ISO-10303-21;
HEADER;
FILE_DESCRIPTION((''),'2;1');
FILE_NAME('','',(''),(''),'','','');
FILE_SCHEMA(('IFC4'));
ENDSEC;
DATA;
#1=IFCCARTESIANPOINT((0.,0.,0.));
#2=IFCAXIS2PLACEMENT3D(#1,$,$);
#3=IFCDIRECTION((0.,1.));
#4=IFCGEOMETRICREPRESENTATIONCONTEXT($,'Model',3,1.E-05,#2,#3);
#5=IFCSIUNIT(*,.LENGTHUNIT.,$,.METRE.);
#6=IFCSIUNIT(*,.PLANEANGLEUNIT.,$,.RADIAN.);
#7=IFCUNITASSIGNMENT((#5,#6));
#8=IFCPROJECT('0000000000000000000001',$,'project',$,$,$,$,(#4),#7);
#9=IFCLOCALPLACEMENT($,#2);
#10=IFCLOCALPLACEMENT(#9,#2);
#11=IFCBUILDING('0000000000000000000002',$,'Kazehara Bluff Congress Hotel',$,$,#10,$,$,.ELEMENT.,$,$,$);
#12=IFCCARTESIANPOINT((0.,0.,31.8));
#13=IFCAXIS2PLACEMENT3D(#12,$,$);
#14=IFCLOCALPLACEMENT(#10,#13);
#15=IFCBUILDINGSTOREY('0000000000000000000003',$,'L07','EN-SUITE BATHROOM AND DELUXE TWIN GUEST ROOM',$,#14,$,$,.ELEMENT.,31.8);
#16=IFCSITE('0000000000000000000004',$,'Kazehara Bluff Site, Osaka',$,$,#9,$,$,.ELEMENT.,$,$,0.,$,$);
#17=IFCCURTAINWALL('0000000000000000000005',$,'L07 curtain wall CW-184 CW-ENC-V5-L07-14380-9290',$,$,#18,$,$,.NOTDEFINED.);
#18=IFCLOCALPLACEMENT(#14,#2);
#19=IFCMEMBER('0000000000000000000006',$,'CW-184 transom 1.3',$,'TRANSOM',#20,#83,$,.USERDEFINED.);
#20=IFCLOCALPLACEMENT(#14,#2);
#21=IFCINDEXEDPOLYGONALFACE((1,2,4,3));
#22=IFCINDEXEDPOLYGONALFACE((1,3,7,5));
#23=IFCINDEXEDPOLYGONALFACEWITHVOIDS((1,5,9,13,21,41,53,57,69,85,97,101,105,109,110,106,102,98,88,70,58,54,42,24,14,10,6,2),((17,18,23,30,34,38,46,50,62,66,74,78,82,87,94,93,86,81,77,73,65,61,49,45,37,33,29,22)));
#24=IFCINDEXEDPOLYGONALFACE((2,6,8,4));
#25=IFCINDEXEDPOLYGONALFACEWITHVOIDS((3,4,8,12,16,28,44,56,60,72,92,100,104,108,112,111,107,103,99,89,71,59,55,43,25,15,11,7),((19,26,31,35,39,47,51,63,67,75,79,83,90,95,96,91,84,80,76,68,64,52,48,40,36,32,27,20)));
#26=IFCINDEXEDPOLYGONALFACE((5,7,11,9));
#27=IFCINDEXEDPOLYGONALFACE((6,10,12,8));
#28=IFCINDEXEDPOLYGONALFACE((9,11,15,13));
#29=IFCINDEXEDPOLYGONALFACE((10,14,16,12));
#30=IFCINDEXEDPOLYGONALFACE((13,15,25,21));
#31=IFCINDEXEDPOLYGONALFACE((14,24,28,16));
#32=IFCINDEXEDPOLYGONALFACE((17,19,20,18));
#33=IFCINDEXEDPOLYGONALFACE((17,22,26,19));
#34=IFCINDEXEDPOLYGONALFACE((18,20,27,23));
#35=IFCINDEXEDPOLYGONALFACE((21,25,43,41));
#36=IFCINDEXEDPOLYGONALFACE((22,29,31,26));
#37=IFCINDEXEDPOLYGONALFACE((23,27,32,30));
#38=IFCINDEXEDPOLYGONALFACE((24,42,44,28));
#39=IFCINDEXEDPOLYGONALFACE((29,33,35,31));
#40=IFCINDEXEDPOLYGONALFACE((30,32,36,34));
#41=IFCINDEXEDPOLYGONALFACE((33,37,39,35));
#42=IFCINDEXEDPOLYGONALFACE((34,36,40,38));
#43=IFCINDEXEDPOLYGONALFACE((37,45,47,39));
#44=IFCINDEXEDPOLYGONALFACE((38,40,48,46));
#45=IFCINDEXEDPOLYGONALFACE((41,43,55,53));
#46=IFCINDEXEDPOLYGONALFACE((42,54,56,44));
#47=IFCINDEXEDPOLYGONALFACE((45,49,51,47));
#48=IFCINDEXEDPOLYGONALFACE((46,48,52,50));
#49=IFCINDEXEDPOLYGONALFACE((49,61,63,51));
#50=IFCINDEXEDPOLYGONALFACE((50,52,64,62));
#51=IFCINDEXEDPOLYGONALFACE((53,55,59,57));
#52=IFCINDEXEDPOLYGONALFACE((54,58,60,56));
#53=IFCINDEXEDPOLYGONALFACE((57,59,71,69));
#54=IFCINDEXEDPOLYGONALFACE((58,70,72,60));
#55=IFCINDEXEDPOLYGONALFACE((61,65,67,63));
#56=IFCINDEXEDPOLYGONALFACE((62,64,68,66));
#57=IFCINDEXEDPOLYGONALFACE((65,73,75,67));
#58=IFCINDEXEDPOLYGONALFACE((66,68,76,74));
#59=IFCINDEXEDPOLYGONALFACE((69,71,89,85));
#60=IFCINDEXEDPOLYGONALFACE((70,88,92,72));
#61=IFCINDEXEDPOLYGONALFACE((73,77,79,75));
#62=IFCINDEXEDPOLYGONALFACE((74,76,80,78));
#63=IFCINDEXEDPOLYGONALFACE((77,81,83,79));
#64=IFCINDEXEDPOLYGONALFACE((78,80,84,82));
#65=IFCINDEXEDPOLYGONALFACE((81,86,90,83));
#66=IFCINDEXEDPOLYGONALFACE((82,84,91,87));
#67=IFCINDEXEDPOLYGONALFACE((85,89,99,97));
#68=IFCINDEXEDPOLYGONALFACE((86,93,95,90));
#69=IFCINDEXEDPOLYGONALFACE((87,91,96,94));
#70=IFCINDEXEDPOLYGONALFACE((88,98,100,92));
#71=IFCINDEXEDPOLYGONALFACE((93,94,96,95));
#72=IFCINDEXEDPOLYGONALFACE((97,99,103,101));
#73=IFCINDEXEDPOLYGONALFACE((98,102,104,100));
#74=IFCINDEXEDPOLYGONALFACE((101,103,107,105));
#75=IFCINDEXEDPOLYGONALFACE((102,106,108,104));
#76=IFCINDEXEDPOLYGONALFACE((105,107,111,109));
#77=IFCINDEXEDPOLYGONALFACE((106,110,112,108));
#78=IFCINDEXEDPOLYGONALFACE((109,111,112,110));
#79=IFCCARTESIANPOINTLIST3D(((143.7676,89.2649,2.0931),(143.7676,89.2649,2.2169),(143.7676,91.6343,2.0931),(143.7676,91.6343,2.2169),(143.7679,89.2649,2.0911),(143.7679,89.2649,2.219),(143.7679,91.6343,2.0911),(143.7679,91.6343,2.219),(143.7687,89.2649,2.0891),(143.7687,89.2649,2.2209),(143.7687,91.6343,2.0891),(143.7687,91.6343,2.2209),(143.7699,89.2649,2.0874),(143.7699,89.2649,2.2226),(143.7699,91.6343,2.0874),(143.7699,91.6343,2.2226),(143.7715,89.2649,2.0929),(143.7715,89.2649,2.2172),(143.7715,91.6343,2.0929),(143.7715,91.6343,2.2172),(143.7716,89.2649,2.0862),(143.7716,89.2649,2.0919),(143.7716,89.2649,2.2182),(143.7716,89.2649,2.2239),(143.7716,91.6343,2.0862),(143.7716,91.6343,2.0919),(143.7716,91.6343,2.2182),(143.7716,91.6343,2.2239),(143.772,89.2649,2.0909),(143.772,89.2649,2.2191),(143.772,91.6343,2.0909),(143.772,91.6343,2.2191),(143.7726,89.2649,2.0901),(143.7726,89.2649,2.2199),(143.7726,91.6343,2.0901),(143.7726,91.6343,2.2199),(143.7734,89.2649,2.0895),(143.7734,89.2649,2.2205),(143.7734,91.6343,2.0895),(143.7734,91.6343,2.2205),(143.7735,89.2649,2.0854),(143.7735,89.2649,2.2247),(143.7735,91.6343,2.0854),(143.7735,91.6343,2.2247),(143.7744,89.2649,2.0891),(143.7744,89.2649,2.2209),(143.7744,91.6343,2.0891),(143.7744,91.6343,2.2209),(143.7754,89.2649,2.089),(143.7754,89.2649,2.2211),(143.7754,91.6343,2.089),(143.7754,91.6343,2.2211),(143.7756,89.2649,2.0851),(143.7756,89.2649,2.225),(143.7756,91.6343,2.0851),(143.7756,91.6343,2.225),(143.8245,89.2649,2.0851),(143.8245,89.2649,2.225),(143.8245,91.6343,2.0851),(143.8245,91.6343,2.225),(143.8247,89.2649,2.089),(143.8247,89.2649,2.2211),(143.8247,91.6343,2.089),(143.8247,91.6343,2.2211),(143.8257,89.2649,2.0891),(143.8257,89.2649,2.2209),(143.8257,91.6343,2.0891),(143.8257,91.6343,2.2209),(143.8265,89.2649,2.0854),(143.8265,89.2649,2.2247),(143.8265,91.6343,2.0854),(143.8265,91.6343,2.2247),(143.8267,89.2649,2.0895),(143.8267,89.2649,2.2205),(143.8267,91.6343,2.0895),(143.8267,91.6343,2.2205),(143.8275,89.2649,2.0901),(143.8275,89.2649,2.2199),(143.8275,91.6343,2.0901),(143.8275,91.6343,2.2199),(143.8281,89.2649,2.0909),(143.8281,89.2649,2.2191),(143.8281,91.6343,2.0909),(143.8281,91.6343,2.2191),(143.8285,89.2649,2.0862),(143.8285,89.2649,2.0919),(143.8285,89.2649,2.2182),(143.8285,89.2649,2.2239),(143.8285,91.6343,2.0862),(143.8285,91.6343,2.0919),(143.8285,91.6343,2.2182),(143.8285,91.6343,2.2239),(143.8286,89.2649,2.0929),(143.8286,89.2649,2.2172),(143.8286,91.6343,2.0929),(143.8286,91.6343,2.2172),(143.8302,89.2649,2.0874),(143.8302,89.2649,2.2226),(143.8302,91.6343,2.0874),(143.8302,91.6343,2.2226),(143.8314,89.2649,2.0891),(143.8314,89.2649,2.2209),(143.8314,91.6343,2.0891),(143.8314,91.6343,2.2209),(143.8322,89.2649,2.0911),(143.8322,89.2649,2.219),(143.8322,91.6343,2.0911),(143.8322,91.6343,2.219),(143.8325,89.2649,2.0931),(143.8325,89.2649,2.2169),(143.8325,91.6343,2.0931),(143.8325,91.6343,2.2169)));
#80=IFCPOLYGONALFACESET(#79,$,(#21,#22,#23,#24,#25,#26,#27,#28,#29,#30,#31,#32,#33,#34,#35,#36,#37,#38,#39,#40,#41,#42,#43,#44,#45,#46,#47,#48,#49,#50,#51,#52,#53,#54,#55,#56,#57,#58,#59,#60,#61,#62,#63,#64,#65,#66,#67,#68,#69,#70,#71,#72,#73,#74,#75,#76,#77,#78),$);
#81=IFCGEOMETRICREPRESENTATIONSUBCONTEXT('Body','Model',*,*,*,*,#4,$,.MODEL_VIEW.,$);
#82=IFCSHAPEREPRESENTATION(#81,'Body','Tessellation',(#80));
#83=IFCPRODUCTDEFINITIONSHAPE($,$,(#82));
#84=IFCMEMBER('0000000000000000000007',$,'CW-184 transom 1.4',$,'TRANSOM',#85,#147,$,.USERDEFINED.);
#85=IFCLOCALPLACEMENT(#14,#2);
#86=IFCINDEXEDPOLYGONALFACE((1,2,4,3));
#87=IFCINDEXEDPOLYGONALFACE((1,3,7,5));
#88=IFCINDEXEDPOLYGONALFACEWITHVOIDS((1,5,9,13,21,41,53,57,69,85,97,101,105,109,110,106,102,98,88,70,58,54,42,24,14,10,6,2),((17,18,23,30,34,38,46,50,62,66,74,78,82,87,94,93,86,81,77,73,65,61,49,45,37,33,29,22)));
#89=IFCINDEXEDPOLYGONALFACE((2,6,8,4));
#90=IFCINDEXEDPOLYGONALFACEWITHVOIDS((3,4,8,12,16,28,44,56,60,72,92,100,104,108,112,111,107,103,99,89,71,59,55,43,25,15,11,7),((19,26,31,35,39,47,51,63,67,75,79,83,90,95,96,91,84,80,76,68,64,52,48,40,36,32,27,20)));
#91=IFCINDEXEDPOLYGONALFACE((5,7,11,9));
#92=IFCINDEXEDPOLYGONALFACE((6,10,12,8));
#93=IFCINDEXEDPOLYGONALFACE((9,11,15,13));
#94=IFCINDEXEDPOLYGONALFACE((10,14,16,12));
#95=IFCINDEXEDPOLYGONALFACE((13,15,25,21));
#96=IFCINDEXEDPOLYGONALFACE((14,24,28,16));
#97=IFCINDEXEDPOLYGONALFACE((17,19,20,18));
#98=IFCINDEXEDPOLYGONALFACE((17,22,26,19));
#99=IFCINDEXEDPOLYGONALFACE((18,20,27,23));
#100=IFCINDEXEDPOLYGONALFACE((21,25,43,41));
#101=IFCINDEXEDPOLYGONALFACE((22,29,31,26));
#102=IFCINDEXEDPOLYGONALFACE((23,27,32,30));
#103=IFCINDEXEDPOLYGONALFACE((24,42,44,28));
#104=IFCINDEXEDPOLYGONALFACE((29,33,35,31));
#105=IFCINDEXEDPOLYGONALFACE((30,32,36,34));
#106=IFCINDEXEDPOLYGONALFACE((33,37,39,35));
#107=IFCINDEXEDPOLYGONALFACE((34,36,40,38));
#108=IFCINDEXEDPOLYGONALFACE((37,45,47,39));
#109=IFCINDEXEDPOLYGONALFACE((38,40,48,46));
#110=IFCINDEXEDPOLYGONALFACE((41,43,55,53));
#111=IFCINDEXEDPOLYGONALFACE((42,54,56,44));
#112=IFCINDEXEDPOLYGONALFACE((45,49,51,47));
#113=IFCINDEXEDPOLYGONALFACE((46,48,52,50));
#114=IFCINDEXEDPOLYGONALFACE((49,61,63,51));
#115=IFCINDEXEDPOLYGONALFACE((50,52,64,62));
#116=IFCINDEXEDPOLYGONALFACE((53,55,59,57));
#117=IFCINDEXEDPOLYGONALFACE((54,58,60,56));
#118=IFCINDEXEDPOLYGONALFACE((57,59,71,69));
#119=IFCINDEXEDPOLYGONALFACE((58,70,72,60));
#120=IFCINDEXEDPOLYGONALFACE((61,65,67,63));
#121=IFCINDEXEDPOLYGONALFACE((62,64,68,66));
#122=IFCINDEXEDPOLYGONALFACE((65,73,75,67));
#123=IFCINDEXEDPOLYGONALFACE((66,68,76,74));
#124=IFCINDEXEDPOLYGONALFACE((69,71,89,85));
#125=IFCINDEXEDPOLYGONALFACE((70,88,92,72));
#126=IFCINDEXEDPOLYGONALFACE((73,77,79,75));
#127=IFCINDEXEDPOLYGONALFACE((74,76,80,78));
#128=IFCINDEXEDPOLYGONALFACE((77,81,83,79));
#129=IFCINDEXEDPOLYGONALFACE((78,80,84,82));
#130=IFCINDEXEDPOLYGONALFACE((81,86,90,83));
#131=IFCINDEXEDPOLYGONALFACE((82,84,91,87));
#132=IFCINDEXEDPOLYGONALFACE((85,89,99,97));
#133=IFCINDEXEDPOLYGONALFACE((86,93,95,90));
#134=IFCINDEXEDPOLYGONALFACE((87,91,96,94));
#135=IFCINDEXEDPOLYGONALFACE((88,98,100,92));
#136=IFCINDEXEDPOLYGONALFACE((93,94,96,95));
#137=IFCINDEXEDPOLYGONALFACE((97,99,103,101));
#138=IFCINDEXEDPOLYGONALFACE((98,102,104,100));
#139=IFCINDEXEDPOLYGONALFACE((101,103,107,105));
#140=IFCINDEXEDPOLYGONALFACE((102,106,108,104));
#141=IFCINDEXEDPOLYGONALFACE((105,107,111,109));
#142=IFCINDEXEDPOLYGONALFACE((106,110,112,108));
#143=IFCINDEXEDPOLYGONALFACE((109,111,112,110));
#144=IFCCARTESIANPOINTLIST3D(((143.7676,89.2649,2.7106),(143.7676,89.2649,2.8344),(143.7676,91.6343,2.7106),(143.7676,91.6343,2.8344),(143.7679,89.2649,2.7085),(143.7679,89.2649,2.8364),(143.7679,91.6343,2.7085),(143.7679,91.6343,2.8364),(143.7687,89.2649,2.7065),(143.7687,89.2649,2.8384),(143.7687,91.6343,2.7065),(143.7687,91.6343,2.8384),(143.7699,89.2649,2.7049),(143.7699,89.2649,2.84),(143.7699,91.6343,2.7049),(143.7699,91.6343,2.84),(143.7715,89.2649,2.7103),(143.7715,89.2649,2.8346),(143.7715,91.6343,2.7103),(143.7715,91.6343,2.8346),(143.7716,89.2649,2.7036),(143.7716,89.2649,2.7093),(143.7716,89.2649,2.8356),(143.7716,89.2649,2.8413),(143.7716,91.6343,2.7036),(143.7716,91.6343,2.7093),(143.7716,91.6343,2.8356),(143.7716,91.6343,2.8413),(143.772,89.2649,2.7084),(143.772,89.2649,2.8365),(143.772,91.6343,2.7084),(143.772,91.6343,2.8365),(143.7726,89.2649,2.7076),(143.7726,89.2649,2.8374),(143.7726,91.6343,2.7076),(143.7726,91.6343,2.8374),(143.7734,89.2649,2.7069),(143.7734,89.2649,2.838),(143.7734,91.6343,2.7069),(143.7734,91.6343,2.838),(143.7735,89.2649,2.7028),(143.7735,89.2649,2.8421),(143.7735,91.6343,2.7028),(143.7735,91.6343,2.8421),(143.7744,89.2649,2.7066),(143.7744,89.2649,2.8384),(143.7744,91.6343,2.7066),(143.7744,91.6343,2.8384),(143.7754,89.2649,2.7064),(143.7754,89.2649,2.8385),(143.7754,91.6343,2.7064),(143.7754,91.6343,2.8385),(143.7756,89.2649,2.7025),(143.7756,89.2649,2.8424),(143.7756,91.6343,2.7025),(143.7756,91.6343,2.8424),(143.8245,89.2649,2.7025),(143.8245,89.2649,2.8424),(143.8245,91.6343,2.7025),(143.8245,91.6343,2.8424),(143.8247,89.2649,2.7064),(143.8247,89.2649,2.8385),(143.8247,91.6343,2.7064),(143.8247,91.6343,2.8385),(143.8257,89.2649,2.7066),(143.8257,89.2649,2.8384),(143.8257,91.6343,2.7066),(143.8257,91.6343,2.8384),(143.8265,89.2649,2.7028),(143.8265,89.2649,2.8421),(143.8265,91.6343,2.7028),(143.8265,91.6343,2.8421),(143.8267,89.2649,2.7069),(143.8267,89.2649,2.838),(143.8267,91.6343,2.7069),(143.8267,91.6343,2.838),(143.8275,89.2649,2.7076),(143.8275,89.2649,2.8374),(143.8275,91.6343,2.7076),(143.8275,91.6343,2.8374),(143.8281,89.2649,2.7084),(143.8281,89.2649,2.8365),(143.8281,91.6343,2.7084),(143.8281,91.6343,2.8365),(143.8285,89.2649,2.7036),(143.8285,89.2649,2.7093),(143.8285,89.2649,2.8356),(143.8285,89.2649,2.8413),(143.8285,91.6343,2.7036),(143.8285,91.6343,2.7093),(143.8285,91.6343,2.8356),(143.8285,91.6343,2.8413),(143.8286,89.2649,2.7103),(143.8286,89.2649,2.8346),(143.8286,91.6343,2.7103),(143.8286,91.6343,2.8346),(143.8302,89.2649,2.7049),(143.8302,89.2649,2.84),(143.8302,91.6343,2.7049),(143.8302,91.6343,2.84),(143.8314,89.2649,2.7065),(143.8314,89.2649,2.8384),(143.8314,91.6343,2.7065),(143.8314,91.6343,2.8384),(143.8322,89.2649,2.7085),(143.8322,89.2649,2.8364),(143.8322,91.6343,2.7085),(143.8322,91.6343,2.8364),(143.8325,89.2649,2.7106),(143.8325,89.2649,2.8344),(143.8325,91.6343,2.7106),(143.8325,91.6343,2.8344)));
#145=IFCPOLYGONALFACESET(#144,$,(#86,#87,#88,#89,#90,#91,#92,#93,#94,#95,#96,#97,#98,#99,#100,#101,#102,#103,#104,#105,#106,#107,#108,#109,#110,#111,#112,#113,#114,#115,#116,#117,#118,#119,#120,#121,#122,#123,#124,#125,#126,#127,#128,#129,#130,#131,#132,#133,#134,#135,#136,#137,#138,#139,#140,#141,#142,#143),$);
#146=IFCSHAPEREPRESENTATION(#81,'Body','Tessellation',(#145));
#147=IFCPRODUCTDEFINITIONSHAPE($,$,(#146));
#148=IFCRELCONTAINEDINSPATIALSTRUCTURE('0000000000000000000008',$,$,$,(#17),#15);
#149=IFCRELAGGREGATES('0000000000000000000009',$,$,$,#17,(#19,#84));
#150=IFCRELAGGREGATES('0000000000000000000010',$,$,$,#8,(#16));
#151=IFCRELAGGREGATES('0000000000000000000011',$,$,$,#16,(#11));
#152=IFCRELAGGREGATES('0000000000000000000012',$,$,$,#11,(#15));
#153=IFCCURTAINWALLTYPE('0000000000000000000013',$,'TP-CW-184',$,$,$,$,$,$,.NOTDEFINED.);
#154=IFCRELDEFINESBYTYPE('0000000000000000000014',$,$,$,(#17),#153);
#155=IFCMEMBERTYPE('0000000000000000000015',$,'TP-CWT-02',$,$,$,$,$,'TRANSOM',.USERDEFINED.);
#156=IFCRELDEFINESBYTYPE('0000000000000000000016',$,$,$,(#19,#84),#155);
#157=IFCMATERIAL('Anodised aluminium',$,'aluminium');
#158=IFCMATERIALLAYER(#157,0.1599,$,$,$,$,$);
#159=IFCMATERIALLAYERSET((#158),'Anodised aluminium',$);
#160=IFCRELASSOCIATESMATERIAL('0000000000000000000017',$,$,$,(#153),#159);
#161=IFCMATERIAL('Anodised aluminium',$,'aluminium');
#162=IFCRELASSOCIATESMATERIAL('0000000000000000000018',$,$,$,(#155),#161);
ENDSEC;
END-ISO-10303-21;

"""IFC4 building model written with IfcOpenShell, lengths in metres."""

from ifc_helpers import new_model, si_unit, direction, frame, origin, origin_2d, place, context, subcontext, project, spatial, hollow_rectangle, extrude, material, layer, layer_set, material_profile, profile_set, type_object, element, aggregate, save


model = new_model("IFC4")

# Units and contexts
model_context = context("Model", 3, precision=1e-05, world=origin(), true_north=direction((0.0, 1.0)))
body_context = subcontext(model_context, "Body", "Model", "MODEL_VIEW")
ifc_project = project(units=[si_unit("LENGTHUNIT", "METRE"), si_unit("PLANEANGLEUNIT", "RADIAN")], contexts=[model_context])

# Site, building, storey
site_placement = place(None, origin())
site = spatial("IfcSite", under=ifc_project, at=site_placement, Name="Kazehara Bluff Site, Osaka", CompositionType="ELEMENT", RefElevation=0.0)
building_placement = place(site_placement, origin())
building = spatial("IfcBuilding", under=site, at=building_placement, Name="Kazehara Bluff Congress Hotel", CompositionType="ELEMENT")
storey_placement = place(building_placement, frame((0.0, 0.0, 31.8)))
storey = spatial("IfcBuildingStorey", under=building, at=storey_placement, Name="L07", Description="EN-SUITE BATHROOM AND DELUXE TWIN GUEST ROOM", CompositionType="ELEMENT", Elevation=31.8)

# Curtain wall
ifc_material_1 = material(Name="Anodised aluminium", Category="aluminium")
ifc_layer_1 = layer(ifc_material_1, 0.1599)
ifc_layer_set_1 = layer_set([ifc_layer_1], Name="Anodised aluminium")
curtain_wall_type_1 = type_object("IfcCurtainWallType", Name="TP-CW-184", PredefinedType="NOTDEFINED", material=ifc_layer_set_1)
curtain_wall_1_placement = place(storey_placement, origin())
curtain_wall_1 = element("IfcCurtainWall", 1, at=curtain_wall_1_placement, inside=storey, type_object=curtain_wall_type_1, Name="L07 curtain wall CW-184 CW-ENC-V5-L07-14380-9290", PredefinedType="NOTDEFINED")

# Members
ifc_material_2 = material(Name="Anodised aluminium", Category="aluminium")
ifc_material_profile_1 = material_profile(ifc_material_2, hollow_rectangle(XDim=0.0649, YDim=0.1399, WallThickness=0.0039, InnerFilletRadius=0.0039, OuterFilletRadius=0.0081, at=origin_2d()))
ifc_profile_set_1 = profile_set([ifc_material_profile_1], Name="Anodised aluminium")
member_type_1 = type_object("IfcMemberType", Name="TP-CWT-02", ElementType="TRANSOM", PredefinedType="USERDEFINED", material=ifc_profile_set_1)
member_1_placement = place(storey_placement, frame((143.8, 89.2649, 2.155), z_axis=(0.0, 1.0, 0.0), x_axis=(-1.0, 0.0, 0.0)))
member_1 = element("IfcMember", 2, at=member_1_placement, type_object=member_type_1, Name="CW-184 transom 1.3", ObjectType="TRANSOM", PredefinedType="USERDEFINED", context=body_context, shape_type="SweptSolid", body=[
    extrude(hollow_rectangle(XDim=0.0649, YDim=0.1399, WallThickness=0.0039, InnerFilletRadius=0.0039, OuterFilletRadius=0.0081, at=origin_2d()), origin(), (0.0, 0.0, 1.0), 2.3694),
])
member_2_placement = place(storey_placement, frame((143.8, 89.2649, 2.7725), z_axis=(0.0, 1.0, 0.0), x_axis=(-1.0, 0.0, 0.0)))
member_2 = element("IfcMember", 3, at=member_2_placement, type_object=member_type_1, Name="CW-184 transom 1.4", ObjectType="TRANSOM", PredefinedType="USERDEFINED", context=body_context, shape_type="SweptSolid", body=[
    extrude(hollow_rectangle(XDim=0.0649, YDim=0.1399, WallThickness=0.0039, InnerFilletRadius=0.0039, OuterFilletRadius=0.0081, at=origin_2d()), origin(), (0.0, 0.0, 1.0), 2.3694),
])

aggregate(curtain_wall_1, [member_1, member_2])

save(model, "model.ifc")
